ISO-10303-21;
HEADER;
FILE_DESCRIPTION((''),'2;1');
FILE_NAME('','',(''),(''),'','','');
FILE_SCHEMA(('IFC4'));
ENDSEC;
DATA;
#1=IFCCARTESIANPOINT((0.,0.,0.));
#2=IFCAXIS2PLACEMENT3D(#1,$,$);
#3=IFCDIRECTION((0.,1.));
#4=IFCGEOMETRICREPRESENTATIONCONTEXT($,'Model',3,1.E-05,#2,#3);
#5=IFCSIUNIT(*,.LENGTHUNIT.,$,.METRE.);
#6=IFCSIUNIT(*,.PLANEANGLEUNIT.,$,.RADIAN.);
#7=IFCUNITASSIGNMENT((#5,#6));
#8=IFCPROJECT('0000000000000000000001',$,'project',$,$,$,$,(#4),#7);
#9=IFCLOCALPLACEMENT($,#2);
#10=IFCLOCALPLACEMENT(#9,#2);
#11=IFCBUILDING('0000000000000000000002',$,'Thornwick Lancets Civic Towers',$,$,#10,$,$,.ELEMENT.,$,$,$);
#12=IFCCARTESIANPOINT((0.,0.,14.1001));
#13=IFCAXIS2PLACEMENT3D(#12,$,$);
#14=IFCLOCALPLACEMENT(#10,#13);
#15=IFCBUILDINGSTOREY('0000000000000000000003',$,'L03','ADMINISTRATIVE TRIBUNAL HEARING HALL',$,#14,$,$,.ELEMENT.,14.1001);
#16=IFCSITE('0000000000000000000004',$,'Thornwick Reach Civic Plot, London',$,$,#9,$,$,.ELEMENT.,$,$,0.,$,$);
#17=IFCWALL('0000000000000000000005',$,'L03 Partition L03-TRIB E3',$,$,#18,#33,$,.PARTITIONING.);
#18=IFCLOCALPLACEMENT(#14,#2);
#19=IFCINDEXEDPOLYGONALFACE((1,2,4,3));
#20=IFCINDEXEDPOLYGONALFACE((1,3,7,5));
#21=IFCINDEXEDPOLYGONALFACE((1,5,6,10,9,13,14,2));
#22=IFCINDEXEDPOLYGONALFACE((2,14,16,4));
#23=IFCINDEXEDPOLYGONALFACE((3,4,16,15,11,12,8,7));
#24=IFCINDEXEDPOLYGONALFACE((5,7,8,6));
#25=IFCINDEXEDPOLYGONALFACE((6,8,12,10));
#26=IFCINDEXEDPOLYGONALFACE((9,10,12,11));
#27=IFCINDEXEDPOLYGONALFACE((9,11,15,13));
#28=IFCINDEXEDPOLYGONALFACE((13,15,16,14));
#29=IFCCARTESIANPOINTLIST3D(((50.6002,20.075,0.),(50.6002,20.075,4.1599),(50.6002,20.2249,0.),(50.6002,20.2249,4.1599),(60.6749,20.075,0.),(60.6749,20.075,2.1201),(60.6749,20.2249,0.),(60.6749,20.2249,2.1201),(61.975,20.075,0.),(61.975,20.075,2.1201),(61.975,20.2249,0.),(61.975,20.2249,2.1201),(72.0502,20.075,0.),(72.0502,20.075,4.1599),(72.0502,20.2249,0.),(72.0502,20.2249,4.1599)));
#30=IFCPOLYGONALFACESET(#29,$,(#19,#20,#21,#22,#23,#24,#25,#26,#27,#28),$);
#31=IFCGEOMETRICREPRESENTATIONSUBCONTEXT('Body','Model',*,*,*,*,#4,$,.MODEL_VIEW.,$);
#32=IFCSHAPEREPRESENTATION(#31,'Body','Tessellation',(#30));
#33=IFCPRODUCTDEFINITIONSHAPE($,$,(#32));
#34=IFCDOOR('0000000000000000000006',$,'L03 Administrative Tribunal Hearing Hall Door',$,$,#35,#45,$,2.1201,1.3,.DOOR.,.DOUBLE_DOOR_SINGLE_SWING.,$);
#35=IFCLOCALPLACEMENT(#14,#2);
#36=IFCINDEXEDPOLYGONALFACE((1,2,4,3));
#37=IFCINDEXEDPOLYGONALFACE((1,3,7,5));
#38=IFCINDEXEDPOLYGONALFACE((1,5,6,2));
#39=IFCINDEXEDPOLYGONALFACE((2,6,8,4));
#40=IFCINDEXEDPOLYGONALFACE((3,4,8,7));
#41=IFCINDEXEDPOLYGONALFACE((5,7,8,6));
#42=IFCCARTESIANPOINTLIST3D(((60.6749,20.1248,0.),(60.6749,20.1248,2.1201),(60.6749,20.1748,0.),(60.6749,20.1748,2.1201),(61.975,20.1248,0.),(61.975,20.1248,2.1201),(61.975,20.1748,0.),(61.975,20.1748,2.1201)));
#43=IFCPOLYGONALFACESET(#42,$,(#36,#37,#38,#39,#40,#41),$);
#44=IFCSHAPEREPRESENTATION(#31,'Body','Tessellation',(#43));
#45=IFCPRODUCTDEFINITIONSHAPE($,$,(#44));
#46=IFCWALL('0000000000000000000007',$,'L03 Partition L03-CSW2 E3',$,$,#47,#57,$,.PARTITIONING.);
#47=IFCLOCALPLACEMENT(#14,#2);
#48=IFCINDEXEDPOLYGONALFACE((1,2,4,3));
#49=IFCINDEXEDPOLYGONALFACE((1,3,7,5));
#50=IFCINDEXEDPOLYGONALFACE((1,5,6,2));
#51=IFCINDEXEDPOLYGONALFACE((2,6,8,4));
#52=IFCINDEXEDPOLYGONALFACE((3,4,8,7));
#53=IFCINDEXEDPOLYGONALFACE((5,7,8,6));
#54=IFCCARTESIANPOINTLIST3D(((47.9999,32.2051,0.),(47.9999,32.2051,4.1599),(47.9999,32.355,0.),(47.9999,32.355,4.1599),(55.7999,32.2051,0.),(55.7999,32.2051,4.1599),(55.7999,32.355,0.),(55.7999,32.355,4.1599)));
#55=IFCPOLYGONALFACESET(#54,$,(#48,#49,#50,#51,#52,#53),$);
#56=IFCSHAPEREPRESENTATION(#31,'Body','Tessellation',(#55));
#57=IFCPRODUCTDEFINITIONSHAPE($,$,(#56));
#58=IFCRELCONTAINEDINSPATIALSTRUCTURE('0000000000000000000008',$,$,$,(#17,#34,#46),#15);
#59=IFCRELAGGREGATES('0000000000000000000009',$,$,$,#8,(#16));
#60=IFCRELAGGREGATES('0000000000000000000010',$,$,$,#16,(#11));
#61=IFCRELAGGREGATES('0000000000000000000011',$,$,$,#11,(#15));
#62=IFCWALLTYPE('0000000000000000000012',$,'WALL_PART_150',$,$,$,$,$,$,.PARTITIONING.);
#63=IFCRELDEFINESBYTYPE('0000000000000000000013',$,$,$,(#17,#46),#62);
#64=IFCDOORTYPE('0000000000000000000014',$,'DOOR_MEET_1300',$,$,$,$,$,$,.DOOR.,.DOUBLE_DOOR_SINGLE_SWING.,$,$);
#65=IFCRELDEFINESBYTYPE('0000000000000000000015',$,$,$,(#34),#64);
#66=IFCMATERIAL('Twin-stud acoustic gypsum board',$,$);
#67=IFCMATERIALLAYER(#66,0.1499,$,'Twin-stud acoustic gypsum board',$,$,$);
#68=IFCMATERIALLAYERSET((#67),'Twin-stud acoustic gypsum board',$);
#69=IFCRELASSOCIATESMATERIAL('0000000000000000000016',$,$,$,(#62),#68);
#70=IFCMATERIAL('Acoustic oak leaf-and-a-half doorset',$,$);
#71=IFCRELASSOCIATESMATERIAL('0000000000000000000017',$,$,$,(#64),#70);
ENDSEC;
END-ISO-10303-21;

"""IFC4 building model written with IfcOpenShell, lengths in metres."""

from ifc_helpers import new_model, si_unit, direction, frame, frame_2d, origin, place, context, subcontext, project, spatial, rectangle, extrude, material, layer, layer_set, type_object, element, fill, save


model = new_model("IFC4")

# Units and contexts
model_context = context("Model", 3, precision=1e-05, world=origin(), true_north=direction((0.0, 1.0)))
body_context = subcontext(model_context, "Body", "Model", "MODEL_VIEW")
ifc_project = project(units=[si_unit("LENGTHUNIT", "METRE"), si_unit("PLANEANGLEUNIT", "RADIAN")], contexts=[model_context])

# Site, building, storey
site_placement = place(None, origin())
site = spatial("IfcSite", under=ifc_project, at=site_placement, Name="Thornwick Reach Civic Plot, London", CompositionType="ELEMENT", RefElevation=0.0)
building_placement = place(site_placement, origin())
building = spatial("IfcBuilding", under=site, at=building_placement, Name="Thornwick Lancets Civic Towers", CompositionType="ELEMENT")
storey_placement = place(building_placement, frame((0.0, 0.0, 14.1001)))
storey = spatial("IfcBuildingStorey", under=building, at=storey_placement, Name="L03", Description="ADMINISTRATIVE TRIBUNAL HEARING HALL", CompositionType="ELEMENT", Elevation=14.1001)

# Wall, opening, door
ifc_material_1 = material(Name="Twin-stud acoustic gypsum board")
ifc_layer_1 = layer(ifc_material_1, 0.1499, Name="Twin-stud acoustic gypsum board")
ifc_layer_set_1 = layer_set([ifc_layer_1], Name="Twin-stud acoustic gypsum board")
wall_type_1 = type_object("IfcWallType", Name="WALL_PART_150", PredefinedType="PARTITIONING", material=ifc_layer_set_1)
wall_1_placement = place(storey_placement, frame((50.6001, 20.1499, 0.0), z_axis=(0.0, 0.0, 1.0), x_axis=(1.0, 0.0, 0.0)))
wall_1 = element("IfcWall", 1, at=wall_1_placement, inside=storey, type_object=wall_type_1, Name="L03 Partition L03-TRIB E3", PredefinedType="PARTITIONING", context=body_context, shape_type="SweptSolid", body=[
    extrude(rectangle(XDim=21.45, YDim=0.1499, at=frame_2d((10.7251, 0.0))), origin(), (0.0, 0.0, 1.0), 4.1599),
])
opening_1_placement = place(wall_1_placement, frame((10.075, 0.0, 0.0)))
opening_1 = element("IfcOpeningElement", 2, at=opening_1_placement, cuts=wall_1, PredefinedType="OPENING", context=body_context, shape_type="SweptSolid", body=[
    extrude(rectangle(XDim=1.3, YDim=2.1201, at=frame_2d((0.6499, 1.0601))), frame((0.0, 0.085, 0.0), z_axis=(0.0, -1.0, 0.0), x_axis=(1.0, 0.0, 0.0)), (0.0, 0.0, 1.0), 0.1699),
])
ifc_material_2 = material(Name="Acoustic oak leaf-and-a-half doorset")
door_type_1 = type_object("IfcDoorType", Name="DOOR_MEET_1300", OperationType="DOUBLE_DOOR_SINGLE_SWING", PredefinedType="DOOR", material=ifc_material_2)
door_1_placement = place(opening_1_placement, origin())
door_1 = element("IfcDoor", 3, at=door_1_placement, inside=storey, type_object=door_type_1, Name="L03 Administrative Tribunal Hearing Hall Door", OperationType="DOUBLE_DOOR_SINGLE_SWING", OverallHeight=2.1201, OverallWidth=1.3, PredefinedType="DOOR", context=body_context, shape_type="SweptSolid", body=[
    extrude(rectangle(XDim=1.3, YDim=2.1201, at=frame_2d((0.6499, 1.0601))), frame((0.0, 0.0249, 0.0), z_axis=(0.0, -1.0, 0.0), x_axis=(1.0, 0.0, 0.0)), (0.0, 0.0, 1.0), 0.05),
])
fill(opening_1, door_1)

# Wall
wall_2_placement = place(storey_placement, frame((48.0, 32.28, 0.0), z_axis=(0.0, 0.0, 1.0), x_axis=(1.0, 0.0, 0.0)))
element("IfcWall", 4, at=wall_2_placement, inside=storey, type_object=wall_type_1, Name="L03 Partition L03-CSW2 E3", PredefinedType="PARTITIONING", context=body_context, shape_type="SweptSolid", body=[
    extrude(rectangle(XDim=7.8, YDim=0.1499, at=frame_2d((3.8999, 0.0))), origin(), (0.0, 0.0, 1.0), 4.1599),
])

save(model, "model.ifc")
